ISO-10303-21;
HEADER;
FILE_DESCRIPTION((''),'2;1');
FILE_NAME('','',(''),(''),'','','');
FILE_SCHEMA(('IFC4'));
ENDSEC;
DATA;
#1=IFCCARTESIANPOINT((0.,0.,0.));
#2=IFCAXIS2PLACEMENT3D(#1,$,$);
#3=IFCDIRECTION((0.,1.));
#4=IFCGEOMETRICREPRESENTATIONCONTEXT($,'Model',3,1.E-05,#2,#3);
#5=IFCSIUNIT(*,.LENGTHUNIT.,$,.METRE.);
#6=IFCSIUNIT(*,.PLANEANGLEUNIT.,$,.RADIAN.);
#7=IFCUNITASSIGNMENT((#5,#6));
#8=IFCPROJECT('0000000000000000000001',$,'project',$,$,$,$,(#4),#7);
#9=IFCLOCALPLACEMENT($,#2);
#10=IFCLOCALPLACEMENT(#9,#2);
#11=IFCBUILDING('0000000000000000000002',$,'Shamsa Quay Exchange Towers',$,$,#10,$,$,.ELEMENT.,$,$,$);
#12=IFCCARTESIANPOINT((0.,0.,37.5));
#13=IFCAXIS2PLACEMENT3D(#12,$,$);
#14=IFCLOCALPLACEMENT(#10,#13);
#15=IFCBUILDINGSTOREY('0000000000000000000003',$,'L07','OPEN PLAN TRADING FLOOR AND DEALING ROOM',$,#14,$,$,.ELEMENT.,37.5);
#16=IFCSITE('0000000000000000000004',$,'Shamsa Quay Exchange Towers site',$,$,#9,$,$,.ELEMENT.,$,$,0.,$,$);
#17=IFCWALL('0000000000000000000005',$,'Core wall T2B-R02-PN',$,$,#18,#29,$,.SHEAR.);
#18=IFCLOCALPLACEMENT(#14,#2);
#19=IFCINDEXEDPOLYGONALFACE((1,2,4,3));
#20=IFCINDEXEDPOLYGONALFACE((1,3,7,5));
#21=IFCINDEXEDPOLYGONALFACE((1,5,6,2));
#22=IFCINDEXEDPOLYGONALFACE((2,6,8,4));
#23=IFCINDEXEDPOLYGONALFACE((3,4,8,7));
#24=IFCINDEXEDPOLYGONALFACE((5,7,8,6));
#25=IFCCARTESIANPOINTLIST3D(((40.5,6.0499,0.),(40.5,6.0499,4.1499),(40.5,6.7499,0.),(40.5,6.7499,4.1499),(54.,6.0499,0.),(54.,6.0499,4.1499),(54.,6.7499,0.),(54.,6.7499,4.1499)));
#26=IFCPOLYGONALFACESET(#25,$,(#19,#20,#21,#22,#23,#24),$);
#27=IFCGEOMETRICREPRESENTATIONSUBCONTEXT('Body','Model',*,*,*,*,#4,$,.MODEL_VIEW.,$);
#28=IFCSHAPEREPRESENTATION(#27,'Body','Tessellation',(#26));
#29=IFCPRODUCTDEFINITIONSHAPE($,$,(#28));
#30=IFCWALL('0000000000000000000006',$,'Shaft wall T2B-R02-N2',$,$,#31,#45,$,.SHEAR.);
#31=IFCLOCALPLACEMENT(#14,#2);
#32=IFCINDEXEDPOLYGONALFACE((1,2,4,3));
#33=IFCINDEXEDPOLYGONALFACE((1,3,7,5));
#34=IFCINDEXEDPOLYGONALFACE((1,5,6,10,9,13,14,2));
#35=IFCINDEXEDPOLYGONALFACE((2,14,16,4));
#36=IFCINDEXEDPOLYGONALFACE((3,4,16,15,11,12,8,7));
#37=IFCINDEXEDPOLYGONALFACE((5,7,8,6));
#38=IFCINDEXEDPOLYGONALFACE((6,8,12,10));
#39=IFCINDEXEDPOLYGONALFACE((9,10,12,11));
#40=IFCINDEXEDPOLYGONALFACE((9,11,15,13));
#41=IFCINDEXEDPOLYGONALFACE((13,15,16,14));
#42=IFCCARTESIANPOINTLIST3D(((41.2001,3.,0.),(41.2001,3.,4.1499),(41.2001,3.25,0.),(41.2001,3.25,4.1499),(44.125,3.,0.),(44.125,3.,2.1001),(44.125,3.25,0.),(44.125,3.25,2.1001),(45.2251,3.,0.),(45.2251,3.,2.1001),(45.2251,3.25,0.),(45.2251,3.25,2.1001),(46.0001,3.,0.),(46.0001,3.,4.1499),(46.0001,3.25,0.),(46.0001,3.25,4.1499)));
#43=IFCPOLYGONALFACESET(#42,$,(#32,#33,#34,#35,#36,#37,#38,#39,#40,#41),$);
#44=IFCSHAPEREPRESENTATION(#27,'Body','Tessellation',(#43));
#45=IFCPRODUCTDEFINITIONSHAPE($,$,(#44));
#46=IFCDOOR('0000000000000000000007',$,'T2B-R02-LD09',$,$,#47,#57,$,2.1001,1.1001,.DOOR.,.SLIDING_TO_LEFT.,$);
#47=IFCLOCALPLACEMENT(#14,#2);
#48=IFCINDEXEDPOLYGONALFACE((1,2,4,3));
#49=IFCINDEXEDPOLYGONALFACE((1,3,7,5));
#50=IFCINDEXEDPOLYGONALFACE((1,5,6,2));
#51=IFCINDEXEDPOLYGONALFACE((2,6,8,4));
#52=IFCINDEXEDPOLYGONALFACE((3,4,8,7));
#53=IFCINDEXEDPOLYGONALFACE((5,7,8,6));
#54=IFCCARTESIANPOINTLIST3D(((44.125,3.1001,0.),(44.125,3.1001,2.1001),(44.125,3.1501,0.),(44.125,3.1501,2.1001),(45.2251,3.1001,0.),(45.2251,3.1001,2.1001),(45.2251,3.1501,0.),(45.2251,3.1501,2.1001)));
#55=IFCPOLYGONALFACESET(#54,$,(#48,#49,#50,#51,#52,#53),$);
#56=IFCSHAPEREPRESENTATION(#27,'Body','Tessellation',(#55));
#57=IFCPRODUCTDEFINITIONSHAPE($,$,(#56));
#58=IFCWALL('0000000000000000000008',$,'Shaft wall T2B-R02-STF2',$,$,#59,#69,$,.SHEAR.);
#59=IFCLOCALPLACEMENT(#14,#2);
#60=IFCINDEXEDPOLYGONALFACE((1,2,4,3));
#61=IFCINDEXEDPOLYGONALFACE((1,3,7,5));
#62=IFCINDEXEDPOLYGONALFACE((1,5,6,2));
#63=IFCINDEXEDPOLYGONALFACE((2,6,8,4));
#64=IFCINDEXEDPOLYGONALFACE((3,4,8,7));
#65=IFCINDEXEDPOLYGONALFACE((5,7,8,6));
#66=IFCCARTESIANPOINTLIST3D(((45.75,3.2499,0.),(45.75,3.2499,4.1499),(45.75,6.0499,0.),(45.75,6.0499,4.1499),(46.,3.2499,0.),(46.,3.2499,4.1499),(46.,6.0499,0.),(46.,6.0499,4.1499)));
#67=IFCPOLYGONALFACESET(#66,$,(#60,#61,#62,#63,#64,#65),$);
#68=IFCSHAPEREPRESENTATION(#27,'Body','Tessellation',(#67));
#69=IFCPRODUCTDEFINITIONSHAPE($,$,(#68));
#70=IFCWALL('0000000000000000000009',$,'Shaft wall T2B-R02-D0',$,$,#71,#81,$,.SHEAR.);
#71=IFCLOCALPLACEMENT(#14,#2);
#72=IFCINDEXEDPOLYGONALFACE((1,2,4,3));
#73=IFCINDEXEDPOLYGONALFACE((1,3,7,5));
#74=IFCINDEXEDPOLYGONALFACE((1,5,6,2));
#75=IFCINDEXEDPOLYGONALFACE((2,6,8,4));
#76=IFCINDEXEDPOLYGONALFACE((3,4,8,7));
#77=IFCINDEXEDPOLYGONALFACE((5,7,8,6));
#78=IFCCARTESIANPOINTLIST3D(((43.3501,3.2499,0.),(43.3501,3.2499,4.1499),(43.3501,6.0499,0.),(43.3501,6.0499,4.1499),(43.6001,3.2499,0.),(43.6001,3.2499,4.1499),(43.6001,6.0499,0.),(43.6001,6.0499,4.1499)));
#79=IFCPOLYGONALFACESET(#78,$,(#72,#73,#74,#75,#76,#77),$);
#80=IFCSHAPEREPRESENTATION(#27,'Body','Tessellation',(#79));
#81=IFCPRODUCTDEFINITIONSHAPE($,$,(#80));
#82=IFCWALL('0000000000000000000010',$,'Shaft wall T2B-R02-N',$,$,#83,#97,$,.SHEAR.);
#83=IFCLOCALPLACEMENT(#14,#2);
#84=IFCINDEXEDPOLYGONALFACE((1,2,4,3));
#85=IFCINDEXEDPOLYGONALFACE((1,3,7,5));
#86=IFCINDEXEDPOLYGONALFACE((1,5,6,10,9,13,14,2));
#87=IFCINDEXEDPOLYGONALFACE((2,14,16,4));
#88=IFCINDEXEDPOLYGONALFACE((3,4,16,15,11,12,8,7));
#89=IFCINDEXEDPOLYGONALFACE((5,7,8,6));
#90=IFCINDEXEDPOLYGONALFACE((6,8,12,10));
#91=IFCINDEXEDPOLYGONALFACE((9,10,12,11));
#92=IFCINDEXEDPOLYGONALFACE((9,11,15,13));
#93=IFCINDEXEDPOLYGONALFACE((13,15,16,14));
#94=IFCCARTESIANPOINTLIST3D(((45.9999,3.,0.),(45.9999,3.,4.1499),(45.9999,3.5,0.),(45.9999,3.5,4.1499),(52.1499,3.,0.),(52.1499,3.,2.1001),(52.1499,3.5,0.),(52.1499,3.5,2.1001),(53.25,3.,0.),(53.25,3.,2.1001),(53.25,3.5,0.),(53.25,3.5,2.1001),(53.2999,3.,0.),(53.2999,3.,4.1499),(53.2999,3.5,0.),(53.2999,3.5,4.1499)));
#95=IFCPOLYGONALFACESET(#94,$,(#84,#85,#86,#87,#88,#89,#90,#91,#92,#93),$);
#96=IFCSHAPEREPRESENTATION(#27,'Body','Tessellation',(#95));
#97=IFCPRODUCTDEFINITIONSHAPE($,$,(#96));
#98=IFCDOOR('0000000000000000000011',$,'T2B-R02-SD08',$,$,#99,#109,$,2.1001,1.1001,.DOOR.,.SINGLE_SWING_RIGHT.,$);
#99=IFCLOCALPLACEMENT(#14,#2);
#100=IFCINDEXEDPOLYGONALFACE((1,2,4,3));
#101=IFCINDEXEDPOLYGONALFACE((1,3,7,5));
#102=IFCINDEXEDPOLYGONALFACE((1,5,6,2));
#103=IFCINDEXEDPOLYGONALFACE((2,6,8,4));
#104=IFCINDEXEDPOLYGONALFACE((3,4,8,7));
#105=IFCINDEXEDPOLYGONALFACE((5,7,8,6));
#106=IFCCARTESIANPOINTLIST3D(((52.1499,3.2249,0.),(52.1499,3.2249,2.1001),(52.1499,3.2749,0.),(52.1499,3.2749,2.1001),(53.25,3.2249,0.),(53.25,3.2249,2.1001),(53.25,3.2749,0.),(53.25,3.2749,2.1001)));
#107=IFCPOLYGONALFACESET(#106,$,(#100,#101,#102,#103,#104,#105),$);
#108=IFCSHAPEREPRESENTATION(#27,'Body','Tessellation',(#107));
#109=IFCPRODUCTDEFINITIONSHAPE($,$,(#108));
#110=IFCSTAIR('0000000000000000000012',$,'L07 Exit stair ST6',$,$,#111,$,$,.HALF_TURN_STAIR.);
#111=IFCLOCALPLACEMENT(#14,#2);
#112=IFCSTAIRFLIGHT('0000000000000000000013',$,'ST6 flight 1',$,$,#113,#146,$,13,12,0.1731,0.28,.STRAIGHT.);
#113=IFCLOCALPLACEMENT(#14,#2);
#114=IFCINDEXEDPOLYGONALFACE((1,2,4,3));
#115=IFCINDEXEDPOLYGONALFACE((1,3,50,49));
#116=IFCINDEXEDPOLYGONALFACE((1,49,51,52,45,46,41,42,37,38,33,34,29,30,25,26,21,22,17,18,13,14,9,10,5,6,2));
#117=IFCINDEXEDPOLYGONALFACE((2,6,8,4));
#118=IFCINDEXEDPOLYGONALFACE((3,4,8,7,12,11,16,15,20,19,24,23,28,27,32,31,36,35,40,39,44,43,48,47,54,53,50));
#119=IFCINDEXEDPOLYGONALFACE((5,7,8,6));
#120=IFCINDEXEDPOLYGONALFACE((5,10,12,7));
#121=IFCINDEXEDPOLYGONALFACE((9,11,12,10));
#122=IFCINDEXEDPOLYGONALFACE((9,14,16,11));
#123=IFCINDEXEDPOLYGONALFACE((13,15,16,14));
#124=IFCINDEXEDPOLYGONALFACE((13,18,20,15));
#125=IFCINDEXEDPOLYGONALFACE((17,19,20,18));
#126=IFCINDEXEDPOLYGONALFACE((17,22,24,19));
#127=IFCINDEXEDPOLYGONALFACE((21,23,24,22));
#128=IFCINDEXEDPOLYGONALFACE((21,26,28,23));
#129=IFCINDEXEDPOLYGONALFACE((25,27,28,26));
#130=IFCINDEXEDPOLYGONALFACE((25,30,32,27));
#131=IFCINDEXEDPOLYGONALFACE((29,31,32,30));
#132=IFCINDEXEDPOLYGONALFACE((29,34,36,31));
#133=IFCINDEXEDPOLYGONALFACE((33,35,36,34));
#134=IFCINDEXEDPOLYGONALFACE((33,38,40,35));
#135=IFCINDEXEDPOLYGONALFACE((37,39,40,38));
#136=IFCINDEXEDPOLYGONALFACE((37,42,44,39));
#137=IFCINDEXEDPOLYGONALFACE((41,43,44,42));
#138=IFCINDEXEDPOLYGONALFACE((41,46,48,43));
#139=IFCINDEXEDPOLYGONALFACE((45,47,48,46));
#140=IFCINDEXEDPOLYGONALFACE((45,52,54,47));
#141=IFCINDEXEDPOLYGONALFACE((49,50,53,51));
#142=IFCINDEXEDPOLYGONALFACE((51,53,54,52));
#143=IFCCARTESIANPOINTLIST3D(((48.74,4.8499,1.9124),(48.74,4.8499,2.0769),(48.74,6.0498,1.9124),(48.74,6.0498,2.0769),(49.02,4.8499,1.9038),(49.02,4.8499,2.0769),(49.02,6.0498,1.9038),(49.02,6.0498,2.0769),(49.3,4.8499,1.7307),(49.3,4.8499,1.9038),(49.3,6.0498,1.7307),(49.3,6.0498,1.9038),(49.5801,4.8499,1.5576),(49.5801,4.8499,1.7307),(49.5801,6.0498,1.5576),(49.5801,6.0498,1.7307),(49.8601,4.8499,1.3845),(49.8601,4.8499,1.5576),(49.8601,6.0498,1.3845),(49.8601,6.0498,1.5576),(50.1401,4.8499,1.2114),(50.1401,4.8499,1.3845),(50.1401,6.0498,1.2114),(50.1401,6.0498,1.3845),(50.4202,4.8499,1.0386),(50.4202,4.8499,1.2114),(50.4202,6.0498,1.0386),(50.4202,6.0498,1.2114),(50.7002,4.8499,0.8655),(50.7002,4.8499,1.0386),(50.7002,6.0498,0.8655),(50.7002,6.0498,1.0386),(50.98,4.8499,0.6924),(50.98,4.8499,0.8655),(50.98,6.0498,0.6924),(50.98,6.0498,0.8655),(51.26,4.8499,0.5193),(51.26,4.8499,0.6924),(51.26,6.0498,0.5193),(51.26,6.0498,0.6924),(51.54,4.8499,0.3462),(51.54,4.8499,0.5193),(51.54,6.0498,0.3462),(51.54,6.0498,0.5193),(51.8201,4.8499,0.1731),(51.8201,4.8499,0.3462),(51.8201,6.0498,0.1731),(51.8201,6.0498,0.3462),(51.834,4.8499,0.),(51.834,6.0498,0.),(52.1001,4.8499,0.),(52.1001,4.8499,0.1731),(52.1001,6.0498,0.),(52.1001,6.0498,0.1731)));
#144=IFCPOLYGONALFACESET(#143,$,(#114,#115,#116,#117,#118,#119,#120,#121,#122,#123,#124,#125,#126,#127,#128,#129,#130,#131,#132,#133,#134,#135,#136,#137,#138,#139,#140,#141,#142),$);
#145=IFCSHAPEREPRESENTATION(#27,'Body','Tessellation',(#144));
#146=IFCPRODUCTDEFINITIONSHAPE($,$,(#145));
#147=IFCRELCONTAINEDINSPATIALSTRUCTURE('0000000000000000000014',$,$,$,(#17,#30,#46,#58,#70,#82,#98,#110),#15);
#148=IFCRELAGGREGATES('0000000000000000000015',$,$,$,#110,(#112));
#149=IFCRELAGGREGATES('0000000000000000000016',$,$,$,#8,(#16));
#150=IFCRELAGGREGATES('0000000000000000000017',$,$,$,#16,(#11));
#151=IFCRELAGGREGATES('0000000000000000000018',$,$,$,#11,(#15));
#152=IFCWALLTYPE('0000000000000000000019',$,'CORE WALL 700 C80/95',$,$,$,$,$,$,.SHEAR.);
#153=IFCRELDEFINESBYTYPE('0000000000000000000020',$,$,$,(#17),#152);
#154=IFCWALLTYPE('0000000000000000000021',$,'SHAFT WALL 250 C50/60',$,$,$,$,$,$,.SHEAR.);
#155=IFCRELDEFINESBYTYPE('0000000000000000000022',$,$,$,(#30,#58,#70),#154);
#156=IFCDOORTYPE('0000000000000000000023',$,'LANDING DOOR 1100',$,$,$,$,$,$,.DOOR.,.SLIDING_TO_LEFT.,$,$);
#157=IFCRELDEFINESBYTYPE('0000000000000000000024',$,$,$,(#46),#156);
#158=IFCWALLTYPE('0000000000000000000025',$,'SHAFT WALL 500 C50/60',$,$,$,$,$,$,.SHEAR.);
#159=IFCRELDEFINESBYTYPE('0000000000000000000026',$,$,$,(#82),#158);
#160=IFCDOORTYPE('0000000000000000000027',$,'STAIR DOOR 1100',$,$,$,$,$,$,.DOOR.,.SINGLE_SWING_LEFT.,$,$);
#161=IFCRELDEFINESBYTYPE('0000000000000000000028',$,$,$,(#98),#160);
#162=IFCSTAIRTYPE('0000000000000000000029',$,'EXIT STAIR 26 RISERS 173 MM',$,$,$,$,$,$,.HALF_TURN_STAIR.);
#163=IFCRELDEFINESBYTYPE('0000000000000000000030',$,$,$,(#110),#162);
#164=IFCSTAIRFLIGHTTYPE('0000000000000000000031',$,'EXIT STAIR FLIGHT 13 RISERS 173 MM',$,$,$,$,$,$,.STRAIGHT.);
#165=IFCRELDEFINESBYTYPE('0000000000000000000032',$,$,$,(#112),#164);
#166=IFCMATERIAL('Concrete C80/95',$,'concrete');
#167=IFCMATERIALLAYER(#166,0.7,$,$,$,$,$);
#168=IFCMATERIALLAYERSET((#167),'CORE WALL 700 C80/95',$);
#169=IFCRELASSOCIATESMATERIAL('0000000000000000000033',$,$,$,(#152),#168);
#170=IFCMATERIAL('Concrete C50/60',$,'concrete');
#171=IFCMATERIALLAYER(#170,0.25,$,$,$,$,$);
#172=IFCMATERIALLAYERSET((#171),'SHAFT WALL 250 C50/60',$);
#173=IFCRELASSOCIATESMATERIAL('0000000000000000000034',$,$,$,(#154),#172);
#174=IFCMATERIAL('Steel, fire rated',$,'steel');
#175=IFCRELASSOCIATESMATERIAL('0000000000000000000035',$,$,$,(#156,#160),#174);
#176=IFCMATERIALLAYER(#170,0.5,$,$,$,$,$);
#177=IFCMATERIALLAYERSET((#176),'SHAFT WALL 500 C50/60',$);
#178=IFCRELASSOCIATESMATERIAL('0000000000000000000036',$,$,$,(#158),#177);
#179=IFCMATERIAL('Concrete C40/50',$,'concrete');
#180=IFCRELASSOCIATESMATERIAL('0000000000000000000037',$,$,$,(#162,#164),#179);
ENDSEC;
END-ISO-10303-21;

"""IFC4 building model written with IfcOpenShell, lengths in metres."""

from ifc_helpers import new_model, si_unit, direction, frame, frame_2d, origin, place, context, subcontext, project, spatial, polyline, rectangle, outline, extrude, material, layer, layer_set, type_object, element, fill, aggregate, save


model = new_model("IFC4")

# Units and contexts
model_context = context("Model", 3, precision=1e-05, world=origin(), true_north=direction((0.0, 1.0)))
body_context = subcontext(model_context, "Body", "Model", "MODEL_VIEW")
ifc_project = project(units=[si_unit("LENGTHUNIT", "METRE"), si_unit("PLANEANGLEUNIT", "RADIAN")], contexts=[model_context])

# Site, building, storey
site_placement = place(None, origin())
site = spatial("IfcSite", under=ifc_project, at=site_placement, Name="Shamsa Quay Exchange Towers site", CompositionType="ELEMENT", RefElevation=0.0)
building_placement = place(site_placement, origin())
building = spatial("IfcBuilding", under=site, at=building_placement, Name="Shamsa Quay Exchange Towers", CompositionType="ELEMENT")
storey_placement = place(building_placement, frame((0.0, 0.0, 37.5)))
storey = spatial("IfcBuildingStorey", under=building, at=storey_placement, Name="L07", Description="OPEN PLAN TRADING FLOOR AND DEALING ROOM", CompositionType="ELEMENT", Elevation=37.5)

# Wall
ifc_material_1 = material(Name="Concrete C80/95", Category="concrete")
ifc_layer_1 = layer(ifc_material_1, 0.7)
ifc_layer_set_1 = layer_set([ifc_layer_1], Name="CORE WALL 700 C80/95")
wall_type_1 = type_object("IfcWallType", Name="CORE WALL 700 C80/95", PredefinedType="SHEAR", material=ifc_layer_set_1)
wall_1_placement = place(storey_placement, frame((54.0, 6.3999, 0.0), z_axis=(0.0, 0.0, 1.0), x_axis=(-1.0, 0.0, 0.0)))
element("IfcWall", 1, at=wall_1_placement, inside=storey, type_object=wall_type_1, Name="Core wall T2B-R02-PN", PredefinedType="SHEAR", context=body_context, shape_type="SweptSolid", body=[
    extrude(rectangle(XDim=13.5, YDim=0.7, at=frame_2d((6.75, 0.0))), origin(), (0.0, 0.0, 1.0), 4.1499),
])

# Wall, opening, door
ifc_material_2 = material(Name="Concrete C50/60", Category="concrete")
ifc_layer_2 = layer(ifc_material_2, 0.25)
ifc_layer_set_2 = layer_set([ifc_layer_2], Name="SHAFT WALL 250 C50/60")
wall_type_2 = type_object("IfcWallType", Name="SHAFT WALL 250 C50/60", PredefinedType="SHEAR", material=ifc_layer_set_2)
wall_2_placement = place(storey_placement, frame((46.0, 3.125, 0.0), z_axis=(0.0, 0.0, 1.0), x_axis=(-1.0, 0.0, 0.0)))
wall_2 = element("IfcWall", 2, at=wall_2_placement, inside=storey, type_object=wall_type_2, Name="Shaft wall T2B-R02-N2", PredefinedType="SHEAR", context=body_context, shape_type="SweptSolid", body=[
    extrude(rectangle(XDim=4.8, YDim=0.25, at=frame_2d((2.3999, 0.0))), origin(), (0.0, 0.0, 1.0), 4.1499),
])
opening_1_placement = place(wall_2_placement, frame((0.7749, 0.0, 0.0)))
opening_1 = element("IfcOpeningElement", 3, at=opening_1_placement, cuts=wall_2, PredefinedType="OPENING", context=body_context, shape_type="SweptSolid", body=[
    extrude(rectangle(XDim=1.1001, YDim=2.1001, at=frame_2d((0.55, 1.05))), frame((0.0, 0.135, 0.0), z_axis=(0.0, -1.0, 0.0), x_axis=(1.0, 0.0, 0.0)), (0.0, 0.0, 1.0), 0.27),
])
ifc_material_3 = material(Name="Steel, fire rated", Category="steel")
door_type_1 = type_object("IfcDoorType", Name="LANDING DOOR 1100", OperationType="SLIDING_TO_LEFT", PredefinedType="DOOR", material=ifc_material_3)
door_1_placement = place(opening_1_placement, origin())
door_1 = element("IfcDoor", 4, at=door_1_placement, inside=storey, type_object=door_type_1, Name="T2B-R02-LD09", OperationType="SLIDING_TO_LEFT", OverallHeight=2.1001, OverallWidth=1.1001, PredefinedType="DOOR", context=body_context, shape_type="SweptSolid", body=[
    extrude(rectangle(XDim=1.1001, YDim=2.1001, at=frame_2d((0.55, 1.05))), frame((0.0, 0.0249, 0.0), z_axis=(0.0, -1.0, 0.0), x_axis=(1.0, 0.0, 0.0)), (0.0, 0.0, 1.0), 0.05),
])
fill(opening_1, door_1)

# Walls
for number, where, z_axis, x_axis, name in (
    (5, (45.875, 3.25, 0.0), (0.0, 0.0, 1.0), (0.0, 1.0, 0.0), "Shaft wall T2B-R02-STF2"),
    (6, (43.4751, 3.25, 0.0), (0.0, 0.0, 1.0), (0.0, 1.0, 0.0), "Shaft wall T2B-R02-D0"),
):
    element("IfcWall", number, at=place(storey_placement, frame(where, z_axis=z_axis, x_axis=x_axis)), inside=storey, type_object=wall_type_2, Name=name, PredefinedType="SHEAR", context=body_context, shape_type="SweptSolid", body=[
        extrude(rectangle(XDim=2.8, YDim=0.25, at=frame_2d((1.3999, 0.0))), origin(), (0.0, 0.0, 1.0), 4.1499),
    ])

# Wall, opening, door
ifc_layer_3 = layer(ifc_material_2, 0.5)
ifc_layer_set_3 = layer_set([ifc_layer_3], Name="SHAFT WALL 500 C50/60")
wall_type_3 = type_object("IfcWallType", Name="SHAFT WALL 500 C50/60", PredefinedType="SHEAR", material=ifc_layer_set_3)
wall_3_placement = place(storey_placement, frame((46.0, 3.25, 0.0)))
wall_3 = element("IfcWall", 7, at=wall_3_placement, inside=storey, type_object=wall_type_3, Name="Shaft wall T2B-R02-N", PredefinedType="SHEAR", context=body_context, shape_type="SweptSolid", body=[
    extrude(rectangle(XDim=7.3, YDim=0.5, at=frame_2d((3.6499, 0.0))), origin(), (0.0, 0.0, 1.0), 4.1499),
])
opening_2_placement = place(wall_3_placement, frame((6.1499, 0.0, 0.0)))
opening_2 = element("IfcOpeningElement", 8, at=opening_2_placement, cuts=wall_3, PredefinedType="OPENING", context=body_context, shape_type="SweptSolid", body=[
    extrude(rectangle(XDim=1.1001, YDim=2.1001, at=frame_2d((0.55, 1.05))), frame((0.0, 0.26, 0.0), z_axis=(0.0, -1.0, 0.0), x_axis=(1.0, 0.0, 0.0)), (0.0, 0.0, 1.0), 0.52),
])
door_type_2 = type_object("IfcDoorType", Name="STAIR DOOR 1100", OperationType="SINGLE_SWING_LEFT", PredefinedType="DOOR", material=ifc_material_3)
door_2_placement = place(opening_2_placement, origin())
door_2 = element("IfcDoor", 9, at=door_2_placement, inside=storey, type_object=door_type_2, Name="T2B-R02-SD08", OperationType="SINGLE_SWING_RIGHT", OverallHeight=2.1001, OverallWidth=1.1001, PredefinedType="DOOR", context=body_context, shape_type="SweptSolid", body=[
    extrude(rectangle(XDim=1.1001, YDim=2.1001, at=frame_2d((0.55, 1.05))), frame((0.0, 0.0249, 0.0), z_axis=(0.0, -1.0, 0.0), x_axis=(1.0, 0.0, 0.0)), (0.0, 0.0, 1.0), 0.05),
])
fill(opening_2, door_2)

# Stair, stair flight
ifc_material_4 = material(Name="Concrete C40/50", Category="concrete")
stair_type = type_object("IfcStairType", Name="EXIT STAIR 26 RISERS 173 MM", PredefinedType="HALF_TURN_STAIR", material=ifc_material_4)
stair_placement = place(storey_placement, origin())
stair = element("IfcStair", 10, at=stair_placement, inside=storey, type_object=stair_type, Name="L07 Exit stair ST6", PredefinedType="HALF_TURN_STAIR")
stair_flight_type = type_object("IfcStairFlightType", Name="EXIT STAIR FLIGHT 13 RISERS 173 MM", PredefinedType="STRAIGHT", material=ifc_material_4)
stair_flight_1_placement = place(storey_placement, frame((52.1001, 5.45, 0.0), z_axis=(0.0, 0.0, 1.0), x_axis=(-1.0, 0.0, 0.0)))
stair_flight_1 = element("IfcStairFlight", 11, at=stair_flight_1_placement, type_object=stair_flight_type, Name="ST6 flight 1", NumberOfRisers=13, NumberOfTreads=12, PredefinedType="STRAIGHT", RiserHeight=0.1731, TreadLength=0.28, context=body_context, shape_type="SweptSolid", body=[
    extrude(outline(polyline([(0.0, 0.0), (0.0, 0.1731), (0.28, 0.1731), (0.28, 0.3462), (0.5601, 0.3462), (0.5601, 0.5193), (0.8401, 0.5193), (0.8401, 0.6924), (1.1201, 0.6924), (1.1201, 0.8655), (1.3999, 0.8655), (1.3999, 1.0386), (1.6799, 1.0386), (1.6799, 1.2114), (1.96, 1.2114), (1.96, 1.3845), (2.24, 1.3845), (2.24, 1.5576), (2.52, 1.5576), (2.52, 1.7307), (2.8, 1.7307), (2.8, 1.9038), (3.0801, 1.9038), (3.0801, 2.0769), (3.3601, 2.0769), (3.3601, 2.25), (3.3601, 1.9124), (0.2661, 0.0), (0.0, 0.0)])), frame((0.0, 0.6001, 0.0), z_axis=(0.0, -1.0, 0.0), x_axis=(1.0, 0.0, 0.0)), (0.0, 0.0, 1.0), 1.2),
])
aggregate(stair, [stair_flight_1])

save(model, "model.ifc")
